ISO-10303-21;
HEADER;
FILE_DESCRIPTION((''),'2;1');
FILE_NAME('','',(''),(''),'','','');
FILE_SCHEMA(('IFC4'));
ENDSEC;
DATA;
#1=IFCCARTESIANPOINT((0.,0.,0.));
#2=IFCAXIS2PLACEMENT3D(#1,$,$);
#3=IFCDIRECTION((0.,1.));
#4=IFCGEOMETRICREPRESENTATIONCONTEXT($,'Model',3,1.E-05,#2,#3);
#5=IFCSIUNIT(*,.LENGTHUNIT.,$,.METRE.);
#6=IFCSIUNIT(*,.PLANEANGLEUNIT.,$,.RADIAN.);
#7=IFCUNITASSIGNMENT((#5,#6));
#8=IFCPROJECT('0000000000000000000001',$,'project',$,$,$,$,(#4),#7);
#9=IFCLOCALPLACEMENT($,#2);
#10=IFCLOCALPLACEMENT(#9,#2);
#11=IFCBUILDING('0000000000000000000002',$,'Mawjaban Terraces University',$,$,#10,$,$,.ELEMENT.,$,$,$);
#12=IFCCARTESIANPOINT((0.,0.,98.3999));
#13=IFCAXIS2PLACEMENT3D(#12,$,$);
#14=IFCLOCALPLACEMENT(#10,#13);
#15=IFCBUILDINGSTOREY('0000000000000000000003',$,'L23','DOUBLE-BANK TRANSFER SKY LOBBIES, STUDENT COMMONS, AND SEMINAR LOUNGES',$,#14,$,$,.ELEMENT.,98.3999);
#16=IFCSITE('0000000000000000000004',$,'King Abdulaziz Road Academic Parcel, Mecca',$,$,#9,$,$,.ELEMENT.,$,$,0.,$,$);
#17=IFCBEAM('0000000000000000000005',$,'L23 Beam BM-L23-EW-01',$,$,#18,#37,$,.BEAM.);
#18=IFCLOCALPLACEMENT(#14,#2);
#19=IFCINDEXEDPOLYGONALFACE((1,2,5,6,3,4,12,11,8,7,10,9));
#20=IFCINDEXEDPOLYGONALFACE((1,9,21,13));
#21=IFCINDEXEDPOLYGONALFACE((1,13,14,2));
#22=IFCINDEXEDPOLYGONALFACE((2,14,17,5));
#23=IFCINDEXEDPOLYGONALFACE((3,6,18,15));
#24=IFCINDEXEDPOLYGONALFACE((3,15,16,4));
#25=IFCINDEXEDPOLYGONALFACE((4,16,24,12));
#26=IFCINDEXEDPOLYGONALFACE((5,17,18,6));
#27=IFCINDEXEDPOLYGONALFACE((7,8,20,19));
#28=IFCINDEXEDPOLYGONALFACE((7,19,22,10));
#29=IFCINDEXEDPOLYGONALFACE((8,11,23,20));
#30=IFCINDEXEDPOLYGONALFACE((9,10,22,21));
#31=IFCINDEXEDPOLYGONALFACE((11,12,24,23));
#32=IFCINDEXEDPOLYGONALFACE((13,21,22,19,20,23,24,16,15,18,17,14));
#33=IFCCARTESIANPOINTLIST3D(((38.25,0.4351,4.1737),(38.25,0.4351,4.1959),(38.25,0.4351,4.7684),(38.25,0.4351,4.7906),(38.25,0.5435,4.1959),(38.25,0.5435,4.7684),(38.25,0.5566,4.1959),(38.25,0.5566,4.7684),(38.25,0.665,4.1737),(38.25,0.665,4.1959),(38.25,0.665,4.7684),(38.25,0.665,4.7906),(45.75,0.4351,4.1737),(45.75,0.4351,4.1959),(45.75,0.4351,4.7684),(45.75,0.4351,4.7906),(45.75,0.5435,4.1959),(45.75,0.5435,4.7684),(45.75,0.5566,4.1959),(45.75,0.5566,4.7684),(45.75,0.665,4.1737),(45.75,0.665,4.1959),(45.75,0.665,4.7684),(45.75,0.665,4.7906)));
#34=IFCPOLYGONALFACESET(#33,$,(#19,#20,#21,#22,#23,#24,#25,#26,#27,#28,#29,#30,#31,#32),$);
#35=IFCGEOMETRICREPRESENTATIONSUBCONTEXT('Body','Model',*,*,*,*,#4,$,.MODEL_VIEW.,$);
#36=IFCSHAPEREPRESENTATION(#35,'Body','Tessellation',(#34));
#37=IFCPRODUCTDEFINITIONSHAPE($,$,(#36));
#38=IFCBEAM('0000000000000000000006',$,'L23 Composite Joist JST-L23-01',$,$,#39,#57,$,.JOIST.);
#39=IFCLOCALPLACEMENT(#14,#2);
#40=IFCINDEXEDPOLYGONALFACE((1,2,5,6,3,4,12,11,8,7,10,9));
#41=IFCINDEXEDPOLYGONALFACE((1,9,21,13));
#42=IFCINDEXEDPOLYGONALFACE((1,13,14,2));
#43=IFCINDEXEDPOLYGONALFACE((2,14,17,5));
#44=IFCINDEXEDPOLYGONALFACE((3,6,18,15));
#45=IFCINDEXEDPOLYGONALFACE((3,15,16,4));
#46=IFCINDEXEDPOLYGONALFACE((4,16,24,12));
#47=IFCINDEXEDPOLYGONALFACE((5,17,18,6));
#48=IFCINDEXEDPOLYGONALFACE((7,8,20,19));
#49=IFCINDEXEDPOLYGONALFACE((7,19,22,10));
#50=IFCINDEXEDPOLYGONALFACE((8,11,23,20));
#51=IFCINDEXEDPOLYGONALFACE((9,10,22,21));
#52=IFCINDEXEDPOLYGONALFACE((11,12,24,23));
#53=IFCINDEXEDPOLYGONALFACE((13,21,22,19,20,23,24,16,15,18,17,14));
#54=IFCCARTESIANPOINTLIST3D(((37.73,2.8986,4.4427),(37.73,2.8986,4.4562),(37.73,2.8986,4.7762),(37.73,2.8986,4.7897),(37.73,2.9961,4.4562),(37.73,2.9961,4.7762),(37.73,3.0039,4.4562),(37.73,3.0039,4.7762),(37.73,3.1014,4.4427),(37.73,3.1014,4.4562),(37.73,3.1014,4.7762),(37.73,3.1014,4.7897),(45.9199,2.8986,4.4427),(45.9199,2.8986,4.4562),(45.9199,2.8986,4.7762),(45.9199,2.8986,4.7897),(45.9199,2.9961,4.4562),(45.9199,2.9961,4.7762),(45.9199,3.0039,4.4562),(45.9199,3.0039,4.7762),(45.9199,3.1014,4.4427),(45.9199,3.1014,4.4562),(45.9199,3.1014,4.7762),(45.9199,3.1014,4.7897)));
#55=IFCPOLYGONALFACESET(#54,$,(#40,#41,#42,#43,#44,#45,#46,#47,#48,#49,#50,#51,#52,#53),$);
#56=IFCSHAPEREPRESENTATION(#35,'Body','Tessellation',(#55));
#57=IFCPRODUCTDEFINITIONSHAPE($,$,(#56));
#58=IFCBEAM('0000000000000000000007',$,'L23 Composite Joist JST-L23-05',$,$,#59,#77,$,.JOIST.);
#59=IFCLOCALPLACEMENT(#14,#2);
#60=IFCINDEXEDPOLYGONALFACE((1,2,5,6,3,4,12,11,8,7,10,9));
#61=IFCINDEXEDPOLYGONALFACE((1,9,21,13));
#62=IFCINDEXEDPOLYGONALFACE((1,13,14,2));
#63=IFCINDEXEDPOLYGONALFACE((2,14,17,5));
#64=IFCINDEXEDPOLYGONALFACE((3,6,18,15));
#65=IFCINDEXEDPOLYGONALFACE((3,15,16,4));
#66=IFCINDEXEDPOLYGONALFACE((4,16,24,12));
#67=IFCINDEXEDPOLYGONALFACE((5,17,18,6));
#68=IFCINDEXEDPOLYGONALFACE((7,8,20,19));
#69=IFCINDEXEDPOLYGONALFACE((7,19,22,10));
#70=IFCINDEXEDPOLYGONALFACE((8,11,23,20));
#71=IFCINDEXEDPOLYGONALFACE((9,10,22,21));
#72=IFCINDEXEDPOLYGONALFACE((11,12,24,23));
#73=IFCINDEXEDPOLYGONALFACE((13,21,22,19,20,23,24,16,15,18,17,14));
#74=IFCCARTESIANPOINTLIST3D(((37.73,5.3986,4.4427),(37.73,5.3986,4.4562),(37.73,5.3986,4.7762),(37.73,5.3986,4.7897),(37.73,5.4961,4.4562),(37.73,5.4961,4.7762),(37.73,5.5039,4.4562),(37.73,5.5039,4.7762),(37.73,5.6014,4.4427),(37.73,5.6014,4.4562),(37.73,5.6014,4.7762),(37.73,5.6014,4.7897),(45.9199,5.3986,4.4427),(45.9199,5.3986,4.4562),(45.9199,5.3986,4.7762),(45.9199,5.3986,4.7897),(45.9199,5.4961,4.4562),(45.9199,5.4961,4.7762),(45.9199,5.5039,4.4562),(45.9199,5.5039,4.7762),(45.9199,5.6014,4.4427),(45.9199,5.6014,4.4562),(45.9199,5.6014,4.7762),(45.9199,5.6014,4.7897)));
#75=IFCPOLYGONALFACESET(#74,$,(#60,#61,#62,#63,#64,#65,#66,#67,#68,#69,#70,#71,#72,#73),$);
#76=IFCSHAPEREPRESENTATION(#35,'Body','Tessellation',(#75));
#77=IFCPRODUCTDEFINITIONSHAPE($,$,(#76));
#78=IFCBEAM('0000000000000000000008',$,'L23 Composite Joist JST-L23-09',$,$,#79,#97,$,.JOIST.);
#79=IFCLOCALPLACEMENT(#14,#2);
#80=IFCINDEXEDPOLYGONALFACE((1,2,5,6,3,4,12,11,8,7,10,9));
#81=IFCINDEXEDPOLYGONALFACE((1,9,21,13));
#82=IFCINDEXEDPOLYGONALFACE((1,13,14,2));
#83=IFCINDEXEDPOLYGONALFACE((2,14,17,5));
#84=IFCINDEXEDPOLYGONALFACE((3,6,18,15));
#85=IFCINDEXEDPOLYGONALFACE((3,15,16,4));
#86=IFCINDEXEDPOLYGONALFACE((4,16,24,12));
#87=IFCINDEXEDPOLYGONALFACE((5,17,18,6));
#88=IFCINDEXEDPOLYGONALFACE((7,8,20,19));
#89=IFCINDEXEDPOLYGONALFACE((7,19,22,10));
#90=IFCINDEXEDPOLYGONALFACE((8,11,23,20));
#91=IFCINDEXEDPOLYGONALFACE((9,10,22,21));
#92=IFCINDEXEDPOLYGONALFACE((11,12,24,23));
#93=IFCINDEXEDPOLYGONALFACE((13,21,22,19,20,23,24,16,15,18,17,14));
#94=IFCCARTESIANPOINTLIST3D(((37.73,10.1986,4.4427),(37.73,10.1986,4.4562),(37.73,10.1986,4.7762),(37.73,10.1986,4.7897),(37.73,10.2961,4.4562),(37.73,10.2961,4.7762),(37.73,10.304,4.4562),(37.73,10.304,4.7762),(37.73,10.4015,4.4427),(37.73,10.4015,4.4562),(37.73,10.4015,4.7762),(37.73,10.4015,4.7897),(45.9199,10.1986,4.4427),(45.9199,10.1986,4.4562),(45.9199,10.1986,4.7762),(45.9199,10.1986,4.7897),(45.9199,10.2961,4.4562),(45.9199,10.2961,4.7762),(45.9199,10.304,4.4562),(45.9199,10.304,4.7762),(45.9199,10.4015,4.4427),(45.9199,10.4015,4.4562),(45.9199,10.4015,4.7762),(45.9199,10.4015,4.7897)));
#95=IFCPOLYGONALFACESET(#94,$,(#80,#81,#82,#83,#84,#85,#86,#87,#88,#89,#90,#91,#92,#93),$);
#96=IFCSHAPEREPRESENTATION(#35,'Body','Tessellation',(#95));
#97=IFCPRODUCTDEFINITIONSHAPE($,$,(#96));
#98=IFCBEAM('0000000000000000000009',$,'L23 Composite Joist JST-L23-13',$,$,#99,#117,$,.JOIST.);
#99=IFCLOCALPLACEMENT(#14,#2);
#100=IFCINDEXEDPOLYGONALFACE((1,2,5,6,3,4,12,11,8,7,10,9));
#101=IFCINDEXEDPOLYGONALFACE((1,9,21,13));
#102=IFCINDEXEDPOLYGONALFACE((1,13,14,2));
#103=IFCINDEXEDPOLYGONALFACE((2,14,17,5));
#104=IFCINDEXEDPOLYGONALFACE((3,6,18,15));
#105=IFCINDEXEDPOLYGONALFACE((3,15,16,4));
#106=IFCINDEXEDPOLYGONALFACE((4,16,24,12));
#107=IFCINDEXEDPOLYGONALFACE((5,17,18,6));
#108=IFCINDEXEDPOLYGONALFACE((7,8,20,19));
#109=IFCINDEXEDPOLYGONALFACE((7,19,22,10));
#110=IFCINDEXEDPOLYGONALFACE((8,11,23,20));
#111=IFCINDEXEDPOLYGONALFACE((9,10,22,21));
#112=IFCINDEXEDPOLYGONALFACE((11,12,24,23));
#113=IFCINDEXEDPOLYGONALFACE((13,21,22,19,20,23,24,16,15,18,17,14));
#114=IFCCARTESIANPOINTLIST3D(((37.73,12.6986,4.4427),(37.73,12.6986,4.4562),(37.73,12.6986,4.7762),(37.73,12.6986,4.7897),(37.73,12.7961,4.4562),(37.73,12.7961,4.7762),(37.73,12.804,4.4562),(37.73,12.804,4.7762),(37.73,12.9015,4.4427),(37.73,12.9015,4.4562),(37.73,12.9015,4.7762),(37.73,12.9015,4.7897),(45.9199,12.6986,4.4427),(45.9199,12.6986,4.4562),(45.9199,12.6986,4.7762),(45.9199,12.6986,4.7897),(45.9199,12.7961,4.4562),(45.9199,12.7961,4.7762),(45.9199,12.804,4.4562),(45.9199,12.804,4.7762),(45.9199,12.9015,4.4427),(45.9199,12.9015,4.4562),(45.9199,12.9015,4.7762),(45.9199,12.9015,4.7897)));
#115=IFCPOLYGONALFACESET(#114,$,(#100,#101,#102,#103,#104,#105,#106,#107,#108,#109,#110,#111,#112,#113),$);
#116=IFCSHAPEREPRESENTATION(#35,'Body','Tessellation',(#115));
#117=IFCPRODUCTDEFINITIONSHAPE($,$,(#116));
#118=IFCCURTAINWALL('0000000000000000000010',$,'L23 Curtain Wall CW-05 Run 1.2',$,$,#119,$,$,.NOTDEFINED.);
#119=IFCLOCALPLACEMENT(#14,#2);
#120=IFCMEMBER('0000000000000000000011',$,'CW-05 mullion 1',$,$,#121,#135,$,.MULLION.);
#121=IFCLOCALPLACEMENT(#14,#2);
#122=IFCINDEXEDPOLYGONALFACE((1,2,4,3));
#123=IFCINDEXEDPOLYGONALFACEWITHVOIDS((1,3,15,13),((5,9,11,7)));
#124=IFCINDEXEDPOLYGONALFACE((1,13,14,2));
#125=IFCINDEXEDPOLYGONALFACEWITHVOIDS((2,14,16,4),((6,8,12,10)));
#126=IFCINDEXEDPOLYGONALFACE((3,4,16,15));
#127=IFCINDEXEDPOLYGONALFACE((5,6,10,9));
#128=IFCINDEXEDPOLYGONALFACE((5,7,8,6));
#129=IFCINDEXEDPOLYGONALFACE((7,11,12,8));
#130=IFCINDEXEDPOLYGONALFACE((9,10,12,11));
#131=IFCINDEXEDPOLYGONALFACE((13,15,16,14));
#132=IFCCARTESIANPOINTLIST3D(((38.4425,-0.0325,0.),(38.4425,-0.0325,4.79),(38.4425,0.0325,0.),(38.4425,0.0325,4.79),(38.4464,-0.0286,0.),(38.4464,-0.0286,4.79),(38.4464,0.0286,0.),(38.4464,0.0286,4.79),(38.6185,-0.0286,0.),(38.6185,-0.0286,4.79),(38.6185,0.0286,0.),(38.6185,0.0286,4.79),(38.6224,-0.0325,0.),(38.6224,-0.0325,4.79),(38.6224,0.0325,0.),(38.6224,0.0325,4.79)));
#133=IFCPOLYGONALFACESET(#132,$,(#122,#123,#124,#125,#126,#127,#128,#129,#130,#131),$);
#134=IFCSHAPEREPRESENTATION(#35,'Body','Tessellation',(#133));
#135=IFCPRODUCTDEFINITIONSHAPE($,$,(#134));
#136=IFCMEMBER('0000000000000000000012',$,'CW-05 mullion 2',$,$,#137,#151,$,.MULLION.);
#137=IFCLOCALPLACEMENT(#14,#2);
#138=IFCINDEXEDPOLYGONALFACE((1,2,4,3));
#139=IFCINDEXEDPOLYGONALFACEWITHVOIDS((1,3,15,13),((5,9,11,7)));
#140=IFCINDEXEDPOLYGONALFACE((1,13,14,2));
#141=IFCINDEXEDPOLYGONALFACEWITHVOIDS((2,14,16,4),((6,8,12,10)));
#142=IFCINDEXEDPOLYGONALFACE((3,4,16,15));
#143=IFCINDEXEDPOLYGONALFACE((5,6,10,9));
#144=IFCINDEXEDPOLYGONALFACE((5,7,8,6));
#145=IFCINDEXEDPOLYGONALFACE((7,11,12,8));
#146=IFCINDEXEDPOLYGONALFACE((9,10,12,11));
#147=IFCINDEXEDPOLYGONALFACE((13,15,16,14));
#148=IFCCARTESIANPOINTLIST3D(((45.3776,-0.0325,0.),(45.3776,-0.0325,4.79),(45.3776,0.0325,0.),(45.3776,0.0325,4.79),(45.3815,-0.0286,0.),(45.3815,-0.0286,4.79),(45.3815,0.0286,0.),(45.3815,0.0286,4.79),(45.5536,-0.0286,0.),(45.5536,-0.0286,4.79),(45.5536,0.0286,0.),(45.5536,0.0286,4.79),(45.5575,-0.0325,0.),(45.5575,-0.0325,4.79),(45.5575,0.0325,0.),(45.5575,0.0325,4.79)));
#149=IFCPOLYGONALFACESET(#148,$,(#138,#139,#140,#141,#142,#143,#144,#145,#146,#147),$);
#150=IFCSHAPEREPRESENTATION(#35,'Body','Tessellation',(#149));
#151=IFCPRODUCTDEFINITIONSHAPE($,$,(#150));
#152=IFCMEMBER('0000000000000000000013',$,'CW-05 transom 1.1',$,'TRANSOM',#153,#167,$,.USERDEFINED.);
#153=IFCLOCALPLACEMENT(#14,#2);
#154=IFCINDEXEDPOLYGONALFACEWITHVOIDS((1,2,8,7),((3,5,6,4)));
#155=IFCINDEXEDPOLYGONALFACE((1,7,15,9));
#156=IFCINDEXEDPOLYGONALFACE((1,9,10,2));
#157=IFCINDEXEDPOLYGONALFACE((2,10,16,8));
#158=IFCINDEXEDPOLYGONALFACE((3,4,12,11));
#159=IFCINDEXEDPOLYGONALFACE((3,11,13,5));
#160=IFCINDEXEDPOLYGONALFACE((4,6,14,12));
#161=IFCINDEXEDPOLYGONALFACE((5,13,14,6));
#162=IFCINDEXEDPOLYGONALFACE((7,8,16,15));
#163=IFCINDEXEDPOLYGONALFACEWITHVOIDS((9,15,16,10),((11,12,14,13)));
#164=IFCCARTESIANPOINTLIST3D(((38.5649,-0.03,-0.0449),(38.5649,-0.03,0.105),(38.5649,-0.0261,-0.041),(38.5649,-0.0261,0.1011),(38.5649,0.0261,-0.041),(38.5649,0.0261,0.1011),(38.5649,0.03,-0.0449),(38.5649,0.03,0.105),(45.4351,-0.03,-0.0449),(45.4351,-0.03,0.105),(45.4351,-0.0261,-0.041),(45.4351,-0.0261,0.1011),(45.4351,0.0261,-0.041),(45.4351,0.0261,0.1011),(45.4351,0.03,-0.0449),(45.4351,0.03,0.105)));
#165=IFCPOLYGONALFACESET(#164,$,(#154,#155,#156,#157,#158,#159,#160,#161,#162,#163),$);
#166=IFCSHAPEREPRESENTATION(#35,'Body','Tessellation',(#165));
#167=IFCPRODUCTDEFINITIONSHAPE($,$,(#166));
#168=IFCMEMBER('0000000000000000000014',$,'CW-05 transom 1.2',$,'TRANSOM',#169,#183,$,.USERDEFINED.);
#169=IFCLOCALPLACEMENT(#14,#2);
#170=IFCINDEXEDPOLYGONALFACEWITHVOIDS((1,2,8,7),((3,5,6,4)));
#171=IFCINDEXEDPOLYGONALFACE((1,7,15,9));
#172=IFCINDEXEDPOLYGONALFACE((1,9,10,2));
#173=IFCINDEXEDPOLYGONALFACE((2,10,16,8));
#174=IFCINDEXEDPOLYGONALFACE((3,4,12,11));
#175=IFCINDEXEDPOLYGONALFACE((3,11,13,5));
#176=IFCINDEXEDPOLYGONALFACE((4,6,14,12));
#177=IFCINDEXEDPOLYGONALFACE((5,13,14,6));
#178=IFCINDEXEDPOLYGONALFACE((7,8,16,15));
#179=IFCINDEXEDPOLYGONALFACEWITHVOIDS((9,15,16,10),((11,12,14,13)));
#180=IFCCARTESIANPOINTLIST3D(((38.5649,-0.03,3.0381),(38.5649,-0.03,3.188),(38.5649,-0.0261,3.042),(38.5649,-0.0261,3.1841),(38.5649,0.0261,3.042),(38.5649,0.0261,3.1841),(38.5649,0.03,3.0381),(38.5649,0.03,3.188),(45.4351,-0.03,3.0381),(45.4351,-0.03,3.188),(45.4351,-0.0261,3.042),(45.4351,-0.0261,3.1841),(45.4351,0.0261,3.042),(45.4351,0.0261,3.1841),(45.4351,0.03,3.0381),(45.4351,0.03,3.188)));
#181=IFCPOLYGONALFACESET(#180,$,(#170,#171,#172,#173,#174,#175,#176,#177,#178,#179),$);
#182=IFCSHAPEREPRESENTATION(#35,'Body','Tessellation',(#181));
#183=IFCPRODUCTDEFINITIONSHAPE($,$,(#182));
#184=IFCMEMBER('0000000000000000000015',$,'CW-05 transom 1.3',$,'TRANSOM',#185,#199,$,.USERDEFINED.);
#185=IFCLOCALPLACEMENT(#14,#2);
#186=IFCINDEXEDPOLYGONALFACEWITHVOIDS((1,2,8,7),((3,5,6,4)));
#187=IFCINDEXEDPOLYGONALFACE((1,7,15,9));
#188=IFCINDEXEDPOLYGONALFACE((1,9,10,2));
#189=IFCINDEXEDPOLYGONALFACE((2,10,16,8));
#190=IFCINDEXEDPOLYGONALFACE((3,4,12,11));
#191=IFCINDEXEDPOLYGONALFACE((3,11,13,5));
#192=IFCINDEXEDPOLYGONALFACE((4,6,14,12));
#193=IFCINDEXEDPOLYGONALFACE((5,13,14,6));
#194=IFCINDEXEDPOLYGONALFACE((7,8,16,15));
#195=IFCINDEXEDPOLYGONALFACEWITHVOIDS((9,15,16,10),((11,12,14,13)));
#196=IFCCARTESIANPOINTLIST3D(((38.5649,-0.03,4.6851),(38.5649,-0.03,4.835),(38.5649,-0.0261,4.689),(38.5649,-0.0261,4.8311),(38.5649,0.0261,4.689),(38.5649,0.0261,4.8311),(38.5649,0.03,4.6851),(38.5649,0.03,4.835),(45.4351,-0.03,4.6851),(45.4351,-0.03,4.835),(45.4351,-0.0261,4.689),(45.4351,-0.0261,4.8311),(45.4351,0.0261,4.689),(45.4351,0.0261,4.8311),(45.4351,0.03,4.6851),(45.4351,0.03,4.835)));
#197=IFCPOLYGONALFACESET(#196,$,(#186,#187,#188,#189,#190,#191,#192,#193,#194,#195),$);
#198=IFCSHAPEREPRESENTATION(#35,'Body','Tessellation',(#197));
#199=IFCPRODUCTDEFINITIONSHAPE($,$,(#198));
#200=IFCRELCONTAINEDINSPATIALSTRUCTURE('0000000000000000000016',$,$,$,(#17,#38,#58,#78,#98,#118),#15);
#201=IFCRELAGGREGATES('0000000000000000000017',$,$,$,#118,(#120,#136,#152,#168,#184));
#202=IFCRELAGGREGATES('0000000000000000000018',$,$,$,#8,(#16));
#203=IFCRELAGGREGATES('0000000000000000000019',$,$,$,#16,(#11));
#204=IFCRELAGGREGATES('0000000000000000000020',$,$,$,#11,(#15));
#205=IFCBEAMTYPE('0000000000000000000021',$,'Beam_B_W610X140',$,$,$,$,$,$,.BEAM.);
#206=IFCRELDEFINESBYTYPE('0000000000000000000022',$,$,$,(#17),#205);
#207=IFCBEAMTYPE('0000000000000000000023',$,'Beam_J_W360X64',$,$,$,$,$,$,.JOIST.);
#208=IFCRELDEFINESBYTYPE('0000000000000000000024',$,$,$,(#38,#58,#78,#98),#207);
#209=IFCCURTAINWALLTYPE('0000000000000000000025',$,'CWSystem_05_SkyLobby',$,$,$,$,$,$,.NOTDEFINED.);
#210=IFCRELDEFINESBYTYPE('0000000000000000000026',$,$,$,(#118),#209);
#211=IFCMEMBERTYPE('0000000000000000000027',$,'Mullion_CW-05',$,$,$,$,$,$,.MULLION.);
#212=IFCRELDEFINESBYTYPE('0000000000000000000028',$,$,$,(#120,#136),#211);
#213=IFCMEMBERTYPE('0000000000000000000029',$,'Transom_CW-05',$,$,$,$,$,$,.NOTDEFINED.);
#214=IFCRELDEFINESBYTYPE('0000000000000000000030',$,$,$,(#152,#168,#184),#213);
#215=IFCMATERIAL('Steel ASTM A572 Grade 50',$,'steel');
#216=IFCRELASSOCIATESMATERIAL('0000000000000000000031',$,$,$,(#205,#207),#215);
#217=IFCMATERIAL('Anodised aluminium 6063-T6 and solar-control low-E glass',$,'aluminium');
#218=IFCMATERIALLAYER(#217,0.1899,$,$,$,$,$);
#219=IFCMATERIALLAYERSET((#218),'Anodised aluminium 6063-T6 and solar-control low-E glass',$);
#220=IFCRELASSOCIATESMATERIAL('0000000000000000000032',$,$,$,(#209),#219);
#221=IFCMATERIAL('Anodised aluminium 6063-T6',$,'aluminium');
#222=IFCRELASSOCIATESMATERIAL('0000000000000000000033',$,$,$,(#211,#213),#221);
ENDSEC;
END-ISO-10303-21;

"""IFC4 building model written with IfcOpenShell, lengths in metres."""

from ifc_helpers import new_model, si_unit, direction, frame, origin, origin_2d, place, context, subcontext, project, spatial, hollow_rectangle, i_section, extrude, material, layer, layer_set, material_profile, profile_set, type_object, element, aggregate, save


model = new_model("IFC4")

# Units and contexts
model_context = context("Model", 3, precision=1e-05, world=origin(), true_north=direction((0.0, 1.0)))
body_context = subcontext(model_context, "Body", "Model", "MODEL_VIEW")
ifc_project = project(units=[si_unit("LENGTHUNIT", "METRE"), si_unit("PLANEANGLEUNIT", "RADIAN")], contexts=[model_context])

# Site, building, storey
site_placement = place(None, origin())
site = spatial("IfcSite", under=ifc_project, at=site_placement, Name="King Abdulaziz Road Academic Parcel, Mecca", CompositionType="ELEMENT", RefElevation=0.0)
building_placement = place(site_placement, origin())
building = spatial("IfcBuilding", under=site, at=building_placement, Name="Mawjaban Terraces University", CompositionType="ELEMENT")
storey_placement = place(building_placement, frame((0.0, 0.0, 98.3999)))
storey = spatial("IfcBuildingStorey", under=building, at=storey_placement, Name="L23", Description="DOUBLE-BANK TRANSFER SKY LOBBIES, STUDENT COMMONS, AND SEMINAR LOUNGES", CompositionType="ELEMENT", Elevation=98.3999)

# Beams
ifc_material_1 = material(Name="Steel ASTM A572 Grade 50", Category="steel")
ifc_material_profile_1 = material_profile(ifc_material_1, i_section(OverallWidth=0.23, OverallDepth=0.6169, WebThickness=0.0132, FlangeThickness=0.0222, at=origin_2d()), Name="W610X140")
ifc_profile_set_1 = profile_set([ifc_material_profile_1], Name="Steel ASTM A572 Grade 50")
beam_type_1 = type_object("IfcBeamType", Name="Beam_B_W610X140", PredefinedType="BEAM", material=ifc_profile_set_1)
beam_placement = place(storey_placement, frame((38.25, 0.55, 4.4822), z_axis=(1.0, 0.0, 0.0), x_axis=(0.0, 1.0, 0.0)))
element("IfcBeam", 1, at=beam_placement, inside=storey, type_object=beam_type_1, Name="L23 Beam BM-L23-EW-01", PredefinedType="BEAM", context=body_context, shape_type="SweptSolid", body=[
    extrude(i_section(OverallWidth=0.23, OverallDepth=0.6169, WebThickness=0.0132, FlangeThickness=0.0222, at=origin_2d()), origin(), (0.0, 0.0, 1.0), 7.5),
])
ifc_material_profile_2 = material_profile(ifc_material_1, i_section(OverallWidth=0.2029, OverallDepth=0.3469, WebThickness=0.0078, FlangeThickness=0.0134, at=origin_2d()), Name="W360X64")
ifc_profile_set_2 = profile_set([ifc_material_profile_2], Name="Steel ASTM A572 Grade 50")
beam_type_2 = type_object("IfcBeamType", Name="Beam_J_W360X64", PredefinedType="JOIST", material=ifc_profile_set_2)
for number, where, z_axis, x_axis, name in (
    (2, (37.73, 3.0, 4.6162), (1.0, 0.0, 0.0), (0.0, 1.0, 0.0), "L23 Composite Joist JST-L23-01"),
    (3, (37.73, 5.5, 4.6162), (1.0, 0.0, 0.0), (0.0, 1.0, 0.0), "L23 Composite Joist JST-L23-05"),
    (4, (37.73, 10.3, 4.6162), (1.0, 0.0, 0.0), (0.0, 1.0, 0.0), "L23 Composite Joist JST-L23-09"),
    (5, (37.73, 12.8, 4.6162), (1.0, 0.0, 0.0), (0.0, 1.0, 0.0), "L23 Composite Joist JST-L23-13"),
):
    element("IfcBeam", number, at=place(storey_placement, frame(where, z_axis=z_axis, x_axis=x_axis)), inside=storey, type_object=beam_type_2, Name=name, PredefinedType="JOIST", context=body_context, shape_type="SweptSolid", body=[
        extrude(i_section(OverallWidth=0.2029, OverallDepth=0.3469, WebThickness=0.0078, FlangeThickness=0.0134, at=origin_2d()), origin(), (0.0, 0.0, 1.0), 8.1899),
    ])

# Curtain wall, members
ifc_material_2 = material(Name="Anodised aluminium 6063-T6 and solar-control low-E glass", Category="aluminium")
ifc_layer_1 = layer(ifc_material_2, 0.1899)
ifc_layer_set_1 = layer_set([ifc_layer_1], Name="Anodised aluminium 6063-T6 and solar-control low-E glass")
curtain_wall_type = type_object("IfcCurtainWallType", Name="CWSystem_05_SkyLobby", PredefinedType="NOTDEFINED", material=ifc_layer_set_1)
curtain_wall_placement = place(storey_placement, origin())
curtain_wall = element("IfcCurtainWall", 6, at=curtain_wall_placement, inside=storey, type_object=curtain_wall_type, Name="L23 Curtain Wall CW-05 Run 1.2", PredefinedType="NOTDEFINED")
ifc_material_3 = material(Name="Anodised aluminium 6063-T6", Category="aluminium")
ifc_material_profile_3 = material_profile(ifc_material_3, hollow_rectangle(XDim=0.0649, YDim=0.1799, WallThickness=0.0039, at=origin_2d()), Name="ALU180X65X4")
ifc_profile_set_3 = profile_set([ifc_material_profile_3], Name="Anodised aluminium 6063-T6")
member_type_1 = type_object("IfcMemberType", Name="Mullion_CW-05", PredefinedType="MULLION", material=ifc_profile_set_3)
member_1_placement = place(storey_placement, frame((38.5325, 0.0, 0.0), z_axis=(0.0, 0.0, 1.0), x_axis=(0.0, 1.0, 0.0)))
member_1 = element("IfcMember", 7, at=member_1_placement, type_object=member_type_1, Name="CW-05 mullion 1", PredefinedType="MULLION", context=body_context, shape_type="SweptSolid", body=[
    extrude(hollow_rectangle(XDim=0.0649, YDim=0.1799, WallThickness=0.0039, at=origin_2d()), origin(), (0.0, 0.0, 1.0), 4.79),
])
member_2_placement = place(storey_placement, frame((45.4675, 0.0, 0.0), z_axis=(0.0, 0.0, 1.0), x_axis=(0.0, 1.0, 0.0)))
member_2 = element("IfcMember", 8, at=member_2_placement, type_object=member_type_1, Name="CW-05 mullion 2", PredefinedType="MULLION", context=body_context, shape_type="SweptSolid", body=[
    extrude(hollow_rectangle(XDim=0.0649, YDim=0.1799, WallThickness=0.0039, at=origin_2d()), origin(), (0.0, 0.0, 1.0), 4.79),
])
ifc_material_profile_4 = material_profile(ifc_material_3, hollow_rectangle(XDim=0.0601, YDim=0.1499, WallThickness=0.0039, at=origin_2d()), Name="ALU150X60X4")
ifc_profile_set_4 = profile_set([ifc_material_profile_4], Name="Anodised aluminium 6063-T6")
member_type_2 = type_object("IfcMemberType", Name="Transom_CW-05", PredefinedType="NOTDEFINED", material=ifc_profile_set_4)
member_3_placement = place(storey_placement, frame((38.5649, 0.0, 0.03), z_axis=(1.0, 0.0, 0.0), x_axis=(0.0, 1.0, 0.0)))
member_3 = element("IfcMember", 9, at=member_3_placement, type_object=member_type_2, Name="CW-05 transom 1.1", ObjectType="TRANSOM", PredefinedType="USERDEFINED", context=body_context, shape_type="SweptSolid", body=[
    extrude(hollow_rectangle(XDim=0.0601, YDim=0.1499, WallThickness=0.0039, at=origin_2d()), origin(), (0.0, 0.0, 1.0), 6.8701),
])
member_4_placement = place(storey_placement, frame((38.5649, 0.0, 3.113), z_axis=(1.0, 0.0, 0.0), x_axis=(0.0, 1.0, 0.0)))
member_4 = element("IfcMember", 10, at=member_4_placement, type_object=member_type_2, Name="CW-05 transom 1.2", ObjectType="TRANSOM", PredefinedType="USERDEFINED", context=body_context, shape_type="SweptSolid", body=[
    extrude(hollow_rectangle(XDim=0.0601, YDim=0.1499, WallThickness=0.0039, at=origin_2d()), origin(), (0.0, 0.0, 1.0), 6.8701),
])
member_5_placement = place(storey_placement, frame((38.5649, 0.0, 4.76), z_axis=(1.0, 0.0, 0.0), x_axis=(0.0, 1.0, 0.0)))
member_5 = element("IfcMember", 11, at=member_5_placement, type_object=member_type_2, Name="CW-05 transom 1.3", ObjectType="TRANSOM", PredefinedType="USERDEFINED", context=body_context, shape_type="SweptSolid", body=[
    extrude(hollow_rectangle(XDim=0.0601, YDim=0.1499, WallThickness=0.0039, at=origin_2d()), origin(), (0.0, 0.0, 1.0), 6.8701),
])
aggregate(curtain_wall, [member_1, member_2, member_3, member_4, member_5])

save(model, "model.ifc")
